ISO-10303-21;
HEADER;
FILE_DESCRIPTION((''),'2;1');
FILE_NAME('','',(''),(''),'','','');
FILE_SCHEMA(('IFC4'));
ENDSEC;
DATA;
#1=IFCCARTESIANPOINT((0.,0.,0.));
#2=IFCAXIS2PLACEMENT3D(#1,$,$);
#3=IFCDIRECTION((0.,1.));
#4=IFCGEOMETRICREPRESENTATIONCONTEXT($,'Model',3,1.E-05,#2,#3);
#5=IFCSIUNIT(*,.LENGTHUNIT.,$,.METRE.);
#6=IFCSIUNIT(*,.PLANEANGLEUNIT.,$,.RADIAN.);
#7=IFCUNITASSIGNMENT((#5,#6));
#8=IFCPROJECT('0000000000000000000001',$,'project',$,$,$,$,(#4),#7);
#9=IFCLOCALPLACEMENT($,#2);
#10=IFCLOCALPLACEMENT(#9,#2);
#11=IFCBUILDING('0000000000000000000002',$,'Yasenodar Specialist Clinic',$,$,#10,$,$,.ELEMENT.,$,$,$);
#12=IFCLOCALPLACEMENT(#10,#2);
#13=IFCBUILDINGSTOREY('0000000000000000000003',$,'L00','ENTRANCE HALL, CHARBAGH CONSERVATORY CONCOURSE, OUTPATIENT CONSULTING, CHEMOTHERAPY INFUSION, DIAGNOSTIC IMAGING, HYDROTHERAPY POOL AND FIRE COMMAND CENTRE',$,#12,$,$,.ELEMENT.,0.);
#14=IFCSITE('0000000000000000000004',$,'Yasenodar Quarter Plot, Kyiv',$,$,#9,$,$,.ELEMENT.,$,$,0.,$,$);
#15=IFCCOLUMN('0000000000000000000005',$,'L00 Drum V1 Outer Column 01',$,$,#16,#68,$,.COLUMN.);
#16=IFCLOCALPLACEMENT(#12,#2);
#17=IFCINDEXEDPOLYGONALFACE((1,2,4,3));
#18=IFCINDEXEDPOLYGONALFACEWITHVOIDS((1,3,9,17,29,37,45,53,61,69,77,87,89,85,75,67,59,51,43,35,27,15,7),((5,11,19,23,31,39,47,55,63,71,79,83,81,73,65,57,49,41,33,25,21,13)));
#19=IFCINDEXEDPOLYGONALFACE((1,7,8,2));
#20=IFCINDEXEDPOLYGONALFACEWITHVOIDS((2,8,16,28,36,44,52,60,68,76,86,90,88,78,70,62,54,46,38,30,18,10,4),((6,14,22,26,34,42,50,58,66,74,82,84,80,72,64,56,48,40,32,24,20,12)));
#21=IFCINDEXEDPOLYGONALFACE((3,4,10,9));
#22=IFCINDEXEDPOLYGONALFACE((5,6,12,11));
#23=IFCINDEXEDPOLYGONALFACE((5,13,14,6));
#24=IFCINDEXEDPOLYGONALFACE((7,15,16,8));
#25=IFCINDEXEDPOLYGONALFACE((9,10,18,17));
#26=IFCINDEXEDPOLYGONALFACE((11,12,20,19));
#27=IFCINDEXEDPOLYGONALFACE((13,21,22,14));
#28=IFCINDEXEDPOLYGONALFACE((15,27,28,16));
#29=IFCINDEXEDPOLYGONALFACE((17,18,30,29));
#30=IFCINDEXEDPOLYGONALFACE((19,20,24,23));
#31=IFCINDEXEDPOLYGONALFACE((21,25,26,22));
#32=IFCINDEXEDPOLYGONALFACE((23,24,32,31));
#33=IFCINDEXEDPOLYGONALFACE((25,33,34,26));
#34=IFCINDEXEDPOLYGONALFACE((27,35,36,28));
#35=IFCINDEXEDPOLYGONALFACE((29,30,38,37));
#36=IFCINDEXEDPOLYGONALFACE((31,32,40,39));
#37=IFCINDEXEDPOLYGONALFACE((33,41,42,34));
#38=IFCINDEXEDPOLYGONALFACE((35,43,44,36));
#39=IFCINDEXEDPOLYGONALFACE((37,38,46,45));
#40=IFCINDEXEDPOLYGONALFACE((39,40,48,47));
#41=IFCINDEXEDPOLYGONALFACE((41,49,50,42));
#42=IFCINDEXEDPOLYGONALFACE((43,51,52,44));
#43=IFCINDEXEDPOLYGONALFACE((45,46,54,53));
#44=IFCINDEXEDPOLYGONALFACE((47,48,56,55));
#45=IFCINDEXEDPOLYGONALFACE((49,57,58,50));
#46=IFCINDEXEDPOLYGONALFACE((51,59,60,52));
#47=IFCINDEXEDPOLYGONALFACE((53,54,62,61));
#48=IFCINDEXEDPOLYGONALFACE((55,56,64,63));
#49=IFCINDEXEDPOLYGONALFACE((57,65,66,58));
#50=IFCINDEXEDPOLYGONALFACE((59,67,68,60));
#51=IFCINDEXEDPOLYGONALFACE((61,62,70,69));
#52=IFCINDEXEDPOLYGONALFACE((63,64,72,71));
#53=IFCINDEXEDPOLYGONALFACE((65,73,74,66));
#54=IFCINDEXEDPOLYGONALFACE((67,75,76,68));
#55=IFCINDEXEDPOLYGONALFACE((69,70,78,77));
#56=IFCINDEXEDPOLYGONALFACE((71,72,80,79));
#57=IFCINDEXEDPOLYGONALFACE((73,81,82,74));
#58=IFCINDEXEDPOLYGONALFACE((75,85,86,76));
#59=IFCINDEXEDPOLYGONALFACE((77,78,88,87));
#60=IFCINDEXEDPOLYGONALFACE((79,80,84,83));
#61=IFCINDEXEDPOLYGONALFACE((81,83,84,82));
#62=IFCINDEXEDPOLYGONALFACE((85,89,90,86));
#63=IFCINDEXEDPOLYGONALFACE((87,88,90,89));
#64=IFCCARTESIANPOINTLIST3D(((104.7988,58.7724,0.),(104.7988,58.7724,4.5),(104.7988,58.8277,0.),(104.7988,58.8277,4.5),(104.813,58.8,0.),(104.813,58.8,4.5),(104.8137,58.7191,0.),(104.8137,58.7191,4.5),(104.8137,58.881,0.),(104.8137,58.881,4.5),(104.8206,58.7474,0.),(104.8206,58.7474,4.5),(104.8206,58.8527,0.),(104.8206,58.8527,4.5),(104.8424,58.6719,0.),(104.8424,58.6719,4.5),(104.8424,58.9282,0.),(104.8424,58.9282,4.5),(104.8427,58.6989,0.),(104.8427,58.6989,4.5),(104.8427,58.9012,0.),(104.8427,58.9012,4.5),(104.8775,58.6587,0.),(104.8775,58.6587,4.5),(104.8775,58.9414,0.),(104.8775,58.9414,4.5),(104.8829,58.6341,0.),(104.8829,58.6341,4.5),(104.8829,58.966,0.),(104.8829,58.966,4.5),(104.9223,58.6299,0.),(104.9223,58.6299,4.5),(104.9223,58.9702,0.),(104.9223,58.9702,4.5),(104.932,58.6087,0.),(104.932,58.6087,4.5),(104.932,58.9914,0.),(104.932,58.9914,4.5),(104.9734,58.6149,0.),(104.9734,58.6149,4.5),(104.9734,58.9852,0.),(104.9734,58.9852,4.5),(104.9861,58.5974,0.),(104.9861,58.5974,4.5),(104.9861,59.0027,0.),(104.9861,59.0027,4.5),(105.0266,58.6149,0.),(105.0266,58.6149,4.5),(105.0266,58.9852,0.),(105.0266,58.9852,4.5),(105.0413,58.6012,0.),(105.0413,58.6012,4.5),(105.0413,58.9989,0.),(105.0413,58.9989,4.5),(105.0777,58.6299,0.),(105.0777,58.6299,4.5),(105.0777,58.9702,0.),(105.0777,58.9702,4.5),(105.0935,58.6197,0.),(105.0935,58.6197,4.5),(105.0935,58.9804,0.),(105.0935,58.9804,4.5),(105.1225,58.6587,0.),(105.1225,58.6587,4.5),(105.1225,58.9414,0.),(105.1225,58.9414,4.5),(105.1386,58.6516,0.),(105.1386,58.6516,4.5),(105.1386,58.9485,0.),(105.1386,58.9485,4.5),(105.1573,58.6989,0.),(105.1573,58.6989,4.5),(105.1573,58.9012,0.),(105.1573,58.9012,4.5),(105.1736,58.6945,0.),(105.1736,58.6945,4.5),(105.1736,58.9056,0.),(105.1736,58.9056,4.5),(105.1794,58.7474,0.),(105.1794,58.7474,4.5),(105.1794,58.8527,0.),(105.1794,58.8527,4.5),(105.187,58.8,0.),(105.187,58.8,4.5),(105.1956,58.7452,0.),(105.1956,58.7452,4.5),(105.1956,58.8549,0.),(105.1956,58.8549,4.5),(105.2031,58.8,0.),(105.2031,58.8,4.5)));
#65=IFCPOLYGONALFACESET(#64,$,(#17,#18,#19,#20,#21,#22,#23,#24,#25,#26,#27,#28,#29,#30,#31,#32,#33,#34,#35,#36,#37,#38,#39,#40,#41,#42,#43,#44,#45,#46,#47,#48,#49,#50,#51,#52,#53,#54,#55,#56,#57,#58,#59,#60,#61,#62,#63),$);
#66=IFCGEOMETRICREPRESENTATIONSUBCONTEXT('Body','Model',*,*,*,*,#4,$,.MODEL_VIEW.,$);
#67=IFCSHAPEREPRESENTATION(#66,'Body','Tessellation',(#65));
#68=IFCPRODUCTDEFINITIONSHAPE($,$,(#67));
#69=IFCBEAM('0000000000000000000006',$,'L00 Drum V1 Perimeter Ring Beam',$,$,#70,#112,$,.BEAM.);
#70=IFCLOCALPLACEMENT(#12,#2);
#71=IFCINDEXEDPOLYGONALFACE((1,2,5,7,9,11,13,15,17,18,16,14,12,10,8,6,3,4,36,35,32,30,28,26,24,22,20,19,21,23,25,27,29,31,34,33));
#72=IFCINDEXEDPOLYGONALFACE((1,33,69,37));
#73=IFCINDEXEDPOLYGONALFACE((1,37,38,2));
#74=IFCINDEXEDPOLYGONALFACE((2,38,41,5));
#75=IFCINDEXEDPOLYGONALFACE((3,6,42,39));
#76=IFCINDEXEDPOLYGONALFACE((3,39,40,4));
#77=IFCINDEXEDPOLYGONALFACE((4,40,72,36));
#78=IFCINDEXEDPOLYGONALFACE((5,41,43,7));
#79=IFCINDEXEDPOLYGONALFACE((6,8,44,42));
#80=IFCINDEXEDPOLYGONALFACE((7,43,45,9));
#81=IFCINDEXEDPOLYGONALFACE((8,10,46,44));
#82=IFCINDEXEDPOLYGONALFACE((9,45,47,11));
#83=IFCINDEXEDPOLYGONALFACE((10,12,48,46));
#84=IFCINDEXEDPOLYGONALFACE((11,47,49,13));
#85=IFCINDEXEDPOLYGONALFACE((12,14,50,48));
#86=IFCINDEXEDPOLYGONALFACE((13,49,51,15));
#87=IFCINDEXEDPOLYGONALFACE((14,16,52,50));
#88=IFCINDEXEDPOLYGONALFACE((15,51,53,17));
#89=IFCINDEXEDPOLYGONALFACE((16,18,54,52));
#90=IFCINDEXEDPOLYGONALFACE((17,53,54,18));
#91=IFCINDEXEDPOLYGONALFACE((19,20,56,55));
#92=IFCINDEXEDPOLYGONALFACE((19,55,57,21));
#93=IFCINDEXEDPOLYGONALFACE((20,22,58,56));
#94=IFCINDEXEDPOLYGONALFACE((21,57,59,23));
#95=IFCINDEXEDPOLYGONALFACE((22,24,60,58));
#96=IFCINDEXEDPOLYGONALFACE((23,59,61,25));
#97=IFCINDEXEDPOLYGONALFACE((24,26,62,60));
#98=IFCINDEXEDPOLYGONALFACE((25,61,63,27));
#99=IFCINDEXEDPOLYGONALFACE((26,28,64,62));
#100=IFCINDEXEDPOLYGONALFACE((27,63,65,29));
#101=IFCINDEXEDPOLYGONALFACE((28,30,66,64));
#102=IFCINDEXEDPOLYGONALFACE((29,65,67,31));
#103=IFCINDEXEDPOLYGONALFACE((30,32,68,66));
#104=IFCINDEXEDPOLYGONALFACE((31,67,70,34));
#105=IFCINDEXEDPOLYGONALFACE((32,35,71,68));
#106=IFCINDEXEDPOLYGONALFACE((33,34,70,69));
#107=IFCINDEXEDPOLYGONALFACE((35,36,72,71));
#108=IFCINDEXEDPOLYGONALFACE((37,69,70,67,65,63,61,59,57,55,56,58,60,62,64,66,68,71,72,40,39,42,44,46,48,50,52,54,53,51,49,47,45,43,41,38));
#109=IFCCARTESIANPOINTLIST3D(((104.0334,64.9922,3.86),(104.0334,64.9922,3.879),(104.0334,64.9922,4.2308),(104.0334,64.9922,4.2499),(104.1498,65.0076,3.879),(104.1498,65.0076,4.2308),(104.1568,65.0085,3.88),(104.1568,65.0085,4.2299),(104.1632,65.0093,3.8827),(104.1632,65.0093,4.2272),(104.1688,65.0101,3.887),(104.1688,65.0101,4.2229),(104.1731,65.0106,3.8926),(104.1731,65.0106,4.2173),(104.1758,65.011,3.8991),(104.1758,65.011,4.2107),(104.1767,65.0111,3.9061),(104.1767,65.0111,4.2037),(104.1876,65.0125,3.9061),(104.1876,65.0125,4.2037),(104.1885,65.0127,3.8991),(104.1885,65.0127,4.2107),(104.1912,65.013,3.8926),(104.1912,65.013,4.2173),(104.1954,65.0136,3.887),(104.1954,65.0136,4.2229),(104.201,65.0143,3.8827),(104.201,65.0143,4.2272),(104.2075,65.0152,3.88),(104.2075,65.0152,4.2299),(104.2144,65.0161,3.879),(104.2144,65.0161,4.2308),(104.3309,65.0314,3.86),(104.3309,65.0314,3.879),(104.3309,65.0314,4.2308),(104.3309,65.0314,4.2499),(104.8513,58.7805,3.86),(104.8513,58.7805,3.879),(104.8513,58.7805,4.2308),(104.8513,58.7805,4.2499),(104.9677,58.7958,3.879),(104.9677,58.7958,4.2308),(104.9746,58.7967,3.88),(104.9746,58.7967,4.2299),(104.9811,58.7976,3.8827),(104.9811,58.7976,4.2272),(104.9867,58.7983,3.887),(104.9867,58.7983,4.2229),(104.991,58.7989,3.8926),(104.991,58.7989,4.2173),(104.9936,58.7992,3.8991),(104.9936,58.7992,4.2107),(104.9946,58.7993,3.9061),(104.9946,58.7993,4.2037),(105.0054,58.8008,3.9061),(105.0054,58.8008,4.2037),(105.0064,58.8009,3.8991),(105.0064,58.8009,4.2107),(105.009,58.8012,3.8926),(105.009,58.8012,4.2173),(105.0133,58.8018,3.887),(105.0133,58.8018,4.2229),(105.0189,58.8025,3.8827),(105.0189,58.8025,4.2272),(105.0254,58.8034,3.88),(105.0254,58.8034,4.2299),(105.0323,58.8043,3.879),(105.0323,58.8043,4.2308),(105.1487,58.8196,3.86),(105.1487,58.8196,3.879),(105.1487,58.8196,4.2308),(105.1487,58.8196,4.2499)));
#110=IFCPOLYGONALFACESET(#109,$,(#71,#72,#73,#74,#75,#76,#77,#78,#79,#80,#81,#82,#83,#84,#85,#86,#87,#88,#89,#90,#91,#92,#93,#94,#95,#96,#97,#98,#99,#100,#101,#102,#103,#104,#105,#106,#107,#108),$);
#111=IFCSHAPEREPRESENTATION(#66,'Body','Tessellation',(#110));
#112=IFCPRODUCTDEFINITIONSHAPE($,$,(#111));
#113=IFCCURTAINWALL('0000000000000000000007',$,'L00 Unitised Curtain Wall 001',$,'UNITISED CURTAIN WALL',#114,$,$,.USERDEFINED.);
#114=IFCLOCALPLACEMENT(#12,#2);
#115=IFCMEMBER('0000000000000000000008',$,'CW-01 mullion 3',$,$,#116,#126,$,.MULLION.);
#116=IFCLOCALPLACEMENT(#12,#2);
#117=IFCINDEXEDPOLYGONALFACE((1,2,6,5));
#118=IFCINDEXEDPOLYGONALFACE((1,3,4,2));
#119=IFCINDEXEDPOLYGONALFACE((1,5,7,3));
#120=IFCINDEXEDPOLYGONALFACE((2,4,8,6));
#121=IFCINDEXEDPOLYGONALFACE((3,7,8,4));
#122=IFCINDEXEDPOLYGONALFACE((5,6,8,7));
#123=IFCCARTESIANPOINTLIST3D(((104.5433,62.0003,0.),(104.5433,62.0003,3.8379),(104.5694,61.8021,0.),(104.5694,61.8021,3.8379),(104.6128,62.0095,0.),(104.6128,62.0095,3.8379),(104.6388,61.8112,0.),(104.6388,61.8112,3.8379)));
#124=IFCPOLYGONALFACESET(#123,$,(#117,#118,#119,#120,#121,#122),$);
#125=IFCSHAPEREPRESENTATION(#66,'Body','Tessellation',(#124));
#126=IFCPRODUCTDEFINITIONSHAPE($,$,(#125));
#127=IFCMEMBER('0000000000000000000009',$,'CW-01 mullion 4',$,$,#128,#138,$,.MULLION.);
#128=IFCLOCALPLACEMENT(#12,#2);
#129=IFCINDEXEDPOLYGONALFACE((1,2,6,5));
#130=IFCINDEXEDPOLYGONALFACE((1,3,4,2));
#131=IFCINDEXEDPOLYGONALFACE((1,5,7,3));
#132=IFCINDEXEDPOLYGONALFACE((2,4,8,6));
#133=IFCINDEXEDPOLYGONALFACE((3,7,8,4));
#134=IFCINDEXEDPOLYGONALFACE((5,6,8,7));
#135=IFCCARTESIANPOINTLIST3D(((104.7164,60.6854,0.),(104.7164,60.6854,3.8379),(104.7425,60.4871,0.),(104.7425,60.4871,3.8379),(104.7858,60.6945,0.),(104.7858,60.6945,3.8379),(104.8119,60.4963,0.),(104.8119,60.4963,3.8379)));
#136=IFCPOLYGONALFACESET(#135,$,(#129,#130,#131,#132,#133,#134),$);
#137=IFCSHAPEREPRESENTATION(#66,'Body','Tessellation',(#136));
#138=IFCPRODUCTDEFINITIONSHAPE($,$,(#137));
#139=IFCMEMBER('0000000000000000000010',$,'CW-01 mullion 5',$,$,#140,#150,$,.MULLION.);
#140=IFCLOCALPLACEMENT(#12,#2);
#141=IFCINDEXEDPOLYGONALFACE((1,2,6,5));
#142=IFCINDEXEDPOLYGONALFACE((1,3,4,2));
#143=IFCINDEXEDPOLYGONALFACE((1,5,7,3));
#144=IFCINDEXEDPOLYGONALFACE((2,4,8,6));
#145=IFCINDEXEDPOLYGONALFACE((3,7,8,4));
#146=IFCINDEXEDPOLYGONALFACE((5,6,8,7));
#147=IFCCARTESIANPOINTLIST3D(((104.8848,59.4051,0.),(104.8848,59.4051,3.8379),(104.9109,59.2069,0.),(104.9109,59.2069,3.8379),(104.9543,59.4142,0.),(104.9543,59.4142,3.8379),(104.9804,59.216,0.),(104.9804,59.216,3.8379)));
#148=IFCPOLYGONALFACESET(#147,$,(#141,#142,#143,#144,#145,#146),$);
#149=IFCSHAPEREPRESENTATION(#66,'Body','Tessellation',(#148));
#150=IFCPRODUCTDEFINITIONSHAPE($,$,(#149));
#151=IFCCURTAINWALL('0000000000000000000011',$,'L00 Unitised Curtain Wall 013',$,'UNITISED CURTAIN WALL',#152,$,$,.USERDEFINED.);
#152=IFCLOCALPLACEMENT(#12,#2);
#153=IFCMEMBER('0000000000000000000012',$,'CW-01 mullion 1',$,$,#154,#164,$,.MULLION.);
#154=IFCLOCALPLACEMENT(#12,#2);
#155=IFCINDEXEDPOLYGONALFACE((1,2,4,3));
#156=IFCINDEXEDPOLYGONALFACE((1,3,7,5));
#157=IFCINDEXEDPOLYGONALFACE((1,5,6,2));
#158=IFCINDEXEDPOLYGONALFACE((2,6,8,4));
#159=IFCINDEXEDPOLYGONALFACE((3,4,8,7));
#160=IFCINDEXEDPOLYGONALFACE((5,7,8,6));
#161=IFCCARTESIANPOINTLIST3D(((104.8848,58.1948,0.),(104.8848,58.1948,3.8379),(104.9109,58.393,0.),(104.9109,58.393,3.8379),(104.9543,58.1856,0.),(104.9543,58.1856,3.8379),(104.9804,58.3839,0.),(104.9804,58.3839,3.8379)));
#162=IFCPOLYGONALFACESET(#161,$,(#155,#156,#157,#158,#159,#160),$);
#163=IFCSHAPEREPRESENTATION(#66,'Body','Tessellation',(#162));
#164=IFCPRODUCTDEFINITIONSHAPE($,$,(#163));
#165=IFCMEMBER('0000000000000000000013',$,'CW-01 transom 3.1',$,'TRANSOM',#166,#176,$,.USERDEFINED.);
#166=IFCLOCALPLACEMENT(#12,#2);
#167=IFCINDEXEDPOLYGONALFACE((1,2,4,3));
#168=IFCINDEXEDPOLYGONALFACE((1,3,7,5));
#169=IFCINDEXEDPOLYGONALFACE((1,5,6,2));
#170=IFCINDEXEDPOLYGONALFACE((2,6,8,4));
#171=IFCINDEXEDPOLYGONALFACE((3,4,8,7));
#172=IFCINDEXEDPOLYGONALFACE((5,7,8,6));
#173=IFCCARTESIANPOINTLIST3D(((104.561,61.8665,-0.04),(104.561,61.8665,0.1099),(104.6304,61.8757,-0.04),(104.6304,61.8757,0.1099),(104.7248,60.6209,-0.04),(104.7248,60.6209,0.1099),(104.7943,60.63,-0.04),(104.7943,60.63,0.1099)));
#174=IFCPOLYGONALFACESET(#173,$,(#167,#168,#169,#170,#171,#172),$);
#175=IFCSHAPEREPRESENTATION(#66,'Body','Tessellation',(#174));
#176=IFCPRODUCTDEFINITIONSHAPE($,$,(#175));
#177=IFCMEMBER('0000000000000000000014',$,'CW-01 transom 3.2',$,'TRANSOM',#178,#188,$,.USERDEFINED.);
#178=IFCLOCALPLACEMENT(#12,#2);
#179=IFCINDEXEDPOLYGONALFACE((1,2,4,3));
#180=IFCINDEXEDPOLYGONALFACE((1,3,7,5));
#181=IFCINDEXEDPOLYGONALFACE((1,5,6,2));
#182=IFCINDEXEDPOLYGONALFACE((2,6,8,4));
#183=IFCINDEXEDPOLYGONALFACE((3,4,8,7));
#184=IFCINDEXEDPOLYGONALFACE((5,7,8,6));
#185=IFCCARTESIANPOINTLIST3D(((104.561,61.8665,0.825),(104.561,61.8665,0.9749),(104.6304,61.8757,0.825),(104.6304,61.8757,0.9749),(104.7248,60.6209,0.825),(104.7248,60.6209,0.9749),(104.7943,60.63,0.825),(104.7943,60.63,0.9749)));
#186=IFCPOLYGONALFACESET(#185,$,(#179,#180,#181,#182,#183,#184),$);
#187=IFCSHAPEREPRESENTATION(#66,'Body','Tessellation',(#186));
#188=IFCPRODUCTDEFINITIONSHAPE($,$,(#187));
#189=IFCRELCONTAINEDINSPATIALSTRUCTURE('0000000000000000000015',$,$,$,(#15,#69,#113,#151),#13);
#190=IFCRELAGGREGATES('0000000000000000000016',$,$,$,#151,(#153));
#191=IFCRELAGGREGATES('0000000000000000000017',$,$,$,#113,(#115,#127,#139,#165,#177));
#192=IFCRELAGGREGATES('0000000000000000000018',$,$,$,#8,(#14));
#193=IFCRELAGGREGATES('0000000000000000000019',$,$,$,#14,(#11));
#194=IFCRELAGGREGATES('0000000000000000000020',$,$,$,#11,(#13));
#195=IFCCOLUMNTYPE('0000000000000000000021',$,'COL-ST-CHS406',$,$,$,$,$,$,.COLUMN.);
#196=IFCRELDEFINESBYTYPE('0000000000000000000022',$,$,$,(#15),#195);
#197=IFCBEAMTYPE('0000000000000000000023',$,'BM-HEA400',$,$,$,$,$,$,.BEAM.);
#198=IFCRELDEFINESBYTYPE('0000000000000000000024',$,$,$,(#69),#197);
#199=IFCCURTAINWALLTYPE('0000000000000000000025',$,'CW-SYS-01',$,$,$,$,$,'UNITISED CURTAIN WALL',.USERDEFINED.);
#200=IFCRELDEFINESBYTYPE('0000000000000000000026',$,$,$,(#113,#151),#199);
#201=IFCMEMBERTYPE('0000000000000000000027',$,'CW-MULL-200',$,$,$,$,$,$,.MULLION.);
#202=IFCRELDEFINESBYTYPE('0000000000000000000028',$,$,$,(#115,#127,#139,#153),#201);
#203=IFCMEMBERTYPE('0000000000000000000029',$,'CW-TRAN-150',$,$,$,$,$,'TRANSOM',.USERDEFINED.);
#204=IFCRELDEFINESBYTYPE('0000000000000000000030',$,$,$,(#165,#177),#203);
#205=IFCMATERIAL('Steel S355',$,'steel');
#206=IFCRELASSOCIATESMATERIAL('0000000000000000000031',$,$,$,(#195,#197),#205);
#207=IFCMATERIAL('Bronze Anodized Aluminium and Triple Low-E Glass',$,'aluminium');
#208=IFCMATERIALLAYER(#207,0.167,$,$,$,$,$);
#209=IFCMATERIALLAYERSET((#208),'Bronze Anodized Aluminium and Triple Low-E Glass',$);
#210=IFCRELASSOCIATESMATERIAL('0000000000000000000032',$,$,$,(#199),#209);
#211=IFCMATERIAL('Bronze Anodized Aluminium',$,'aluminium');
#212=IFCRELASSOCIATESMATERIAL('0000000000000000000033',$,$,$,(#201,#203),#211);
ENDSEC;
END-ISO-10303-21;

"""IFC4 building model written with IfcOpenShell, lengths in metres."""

from ifc_helpers import new_model, si_unit, direction, frame, origin, origin_2d, place, context, subcontext, project, spatial, rectangle, hollow_circle, i_section, extrude, material, layer, layer_set, material_profile, profile_set, type_object, element, aggregate, save


model = new_model("IFC4")

# Units and contexts
model_context = context("Model", 3, precision=1e-05, world=origin(), true_north=direction((0.0, 1.0)))
body_context = subcontext(model_context, "Body", "Model", "MODEL_VIEW")
ifc_project = project(units=[si_unit("LENGTHUNIT", "METRE"), si_unit("PLANEANGLEUNIT", "RADIAN")], contexts=[model_context])

# Site, building, storey
site_placement = place(None, origin())
site = spatial("IfcSite", under=ifc_project, at=site_placement, Name="Yasenodar Quarter Plot, Kyiv", CompositionType="ELEMENT", RefElevation=0.0)
building_placement = place(site_placement, origin())
building = spatial("IfcBuilding", under=site, at=building_placement, Name="Yasenodar Specialist Clinic", CompositionType="ELEMENT")
storey_placement = place(building_placement, origin())
storey = spatial("IfcBuildingStorey", under=building, at=storey_placement, Name="L00", Description="ENTRANCE HALL, CHARBAGH CONSERVATORY CONCOURSE, OUTPATIENT CONSULTING, CHEMOTHERAPY INFUSION, DIAGNOSTIC IMAGING, HYDROTHERAPY POOL AND FIRE COMMAND CENTRE", CompositionType="ELEMENT", Elevation=0.0)

# Column
ifc_material_1 = material(Name="Steel S355", Category="steel")
ifc_material_profile_1 = material_profile(ifc_material_1, hollow_circle(Radius=0.2031, WallThickness=0.0161, at=origin_2d()), Name="CHS 406.4x16")
ifc_profile_set_1 = profile_set([ifc_material_profile_1], Name="Steel S355")
column_type = type_object("IfcColumnType", Name="COL-ST-CHS406", PredefinedType="COLUMN", material=ifc_profile_set_1)
column_placement = place(storey_placement, frame((105.0, 58.8, 0.0), z_axis=(0.0, 0.0, 1.0), x_axis=(1.0, 0.0, 0.0)))
element("IfcColumn", 1, at=column_placement, inside=storey, type_object=column_type, Name="L00 Drum V1 Outer Column 01", PredefinedType="COLUMN", context=body_context, shape_type="SweptSolid", body=[
    extrude(hollow_circle(Radius=0.2031, WallThickness=0.0161, at=origin_2d()), origin(), (0.0, 0.0, 1.0), 4.5),
])

# Beam
ifc_material_profile_2 = material_profile(ifc_material_1, i_section(OverallWidth=0.3, OverallDepth=0.3899, WebThickness=0.011, FlangeThickness=0.019, FilletRadius=0.0271, at=origin_2d()), Name="HEA 400")
ifc_profile_set_2 = profile_set([ifc_material_profile_2], Name="Steel S355")
beam_type = type_object("IfcBeamType", Name="BM-HEA400", PredefinedType="BEAM", material=ifc_profile_set_2)
beam_placement = place(storey_placement, frame((105.0, 58.8, 4.0549), z_axis=(-0.13054, 0.991443, 0.0), x_axis=(-0.991443, -0.13054, 0.0)))
element("IfcBeam", 2, at=beam_placement, inside=storey, type_object=beam_type, Name="L00 Drum V1 Perimeter Ring Beam", PredefinedType="BEAM", context=body_context, shape_type="SweptSolid", body=[
    extrude(i_section(OverallWidth=0.3, OverallDepth=0.3899, WebThickness=0.011, FlangeThickness=0.019, FilletRadius=0.0271, at=origin_2d()), origin(), (0.0, 0.0, 1.0), 6.2654),
])

# Curtain wall, members
ifc_material_2 = material(Name="Bronze Anodized Aluminium and Triple Low-E Glass", Category="aluminium")
ifc_layer_1 = layer(ifc_material_2, 0.167)
ifc_layer_set_1 = layer_set([ifc_layer_1], Name="Bronze Anodized Aluminium and Triple Low-E Glass")
curtain_wall_type = type_object("IfcCurtainWallType", Name="CW-SYS-01", ElementType="UNITISED CURTAIN WALL", PredefinedType="USERDEFINED", material=ifc_layer_set_1)
curtain_wall_1_placement = place(storey_placement, origin())
curtain_wall_1 = element("IfcCurtainWall", 3, at=curtain_wall_1_placement, inside=storey, type_object=curtain_wall_type, Name="L00 Unitised Curtain Wall 001", ObjectType="UNITISED CURTAIN WALL", PredefinedType="USERDEFINED")
ifc_material_3 = material(Name="Bronze Anodized Aluminium", Category="aluminium")
ifc_material_profile_3 = material_profile(ifc_material_3, rectangle(XDim=0.0701, YDim=0.2, at=origin_2d()), Name="CW-MULL 70x200")
ifc_profile_set_3 = profile_set([ifc_material_profile_3], Name="Bronze Anodized Aluminium")
member_type_1 = type_object("IfcMemberType", Name="CW-MULL-200", PredefinedType="MULLION", material=ifc_profile_set_3)
member_1_placement = place(storey_placement, frame((104.5911, 61.9058, 0.0), z_axis=(0.0, 0.0, 1.0), x_axis=(0.991447, 0.130512, 0.0)))
member_1 = element("IfcMember", 4, at=member_1_placement, type_object=member_type_1, Name="CW-01 mullion 3", PredefinedType="MULLION", context=body_context, shape_type="SweptSolid", body=[
    extrude(rectangle(XDim=0.0701, YDim=0.2, at=origin_2d()), origin(), (0.0, 0.0, 1.0), 3.8379),
])
member_2_placement = place(storey_placement, frame((104.7642, 60.5908, 0.0), z_axis=(0.0, 0.0, 1.0), x_axis=(0.991447, 0.130512, 0.0)))
member_2 = element("IfcMember", 5, at=member_2_placement, type_object=member_type_1, Name="CW-01 mullion 4", PredefinedType="MULLION", context=body_context, shape_type="SweptSolid", body=[
    extrude(rectangle(XDim=0.0701, YDim=0.2, at=origin_2d()), origin(), (0.0, 0.0, 1.0), 3.8379),
])
member_3_placement = place(storey_placement, frame((104.9326, 59.3105, 0.0), z_axis=(0.0, 0.0, 1.0), x_axis=(0.991447, 0.130512, 0.0)))
member_3 = element("IfcMember", 6, at=member_3_placement, type_object=member_type_1, Name="CW-01 mullion 5", PredefinedType="MULLION", context=body_context, shape_type="SweptSolid", body=[
    extrude(rectangle(XDim=0.0701, YDim=0.2, at=origin_2d()), origin(), (0.0, 0.0, 1.0), 3.8379),
])

# Curtain wall, member
curtain_wall_2_placement = place(storey_placement, origin())
curtain_wall_2 = element("IfcCurtainWall", 7, at=curtain_wall_2_placement, inside=storey, type_object=curtain_wall_type, Name="L00 Unitised Curtain Wall 013", ObjectType="UNITISED CURTAIN WALL", PredefinedType="USERDEFINED")
member_4_placement = place(storey_placement, frame((104.9326, 58.2893, 0.0), z_axis=(0.0, 0.0, 1.0), x_axis=(0.991447, -0.130512, 0.0)))
member_4 = element("IfcMember", 8, at=member_4_placement, type_object=member_type_1, Name="CW-01 mullion 1", PredefinedType="MULLION", context=body_context, shape_type="SweptSolid", body=[
    extrude(rectangle(XDim=0.0701, YDim=0.2, at=origin_2d()), origin(), (0.0, 0.0, 1.0), 3.8379),
])

# Members
ifc_material_profile_4 = material_profile(ifc_material_3, rectangle(XDim=0.0701, YDim=0.1499, at=origin_2d()), Name="CW-TRAN 70x150")
ifc_profile_set_4 = profile_set([ifc_material_profile_4], Name="Bronze Anodized Aluminium")
member_type_2 = type_object("IfcMemberType", Name="CW-TRAN-150", ElementType="TRANSOM", PredefinedType="USERDEFINED", material=ifc_profile_set_4)
member_5_placement = place(storey_placement, frame((104.5957, 61.8711, 0.0349), z_axis=(0.130394, -0.991462, 0.0), x_axis=(0.991462, 0.130394, 0.0)))
member_5 = element("IfcMember", 9, at=member_5_placement, type_object=member_type_2, Name="CW-01 transom 3.1", ObjectType="TRANSOM", PredefinedType="USERDEFINED", context=body_context, shape_type="SweptSolid", body=[
    extrude(rectangle(XDim=0.0701, YDim=0.1499, at=origin_2d()), origin(), (0.0, 0.0, 1.0), 1.2563),
])
member_6_placement = place(storey_placement, frame((104.5957, 61.8711, 0.8999), z_axis=(0.130394, -0.991462, 0.0), x_axis=(0.991462, 0.130394, 0.0)))
member_6 = element("IfcMember", 10, at=member_6_placement, type_object=member_type_2, Name="CW-01 transom 3.2", ObjectType="TRANSOM", PredefinedType="USERDEFINED", context=body_context, shape_type="SweptSolid", body=[
    extrude(rectangle(XDim=0.0701, YDim=0.1499, at=origin_2d()), origin(), (0.0, 0.0, 1.0), 1.2563),
])
aggregate(curtain_wall_2, [member_4])

aggregate(curtain_wall_1, [member_1, member_2, member_3, member_5, member_6])

save(model, "model.ifc")
